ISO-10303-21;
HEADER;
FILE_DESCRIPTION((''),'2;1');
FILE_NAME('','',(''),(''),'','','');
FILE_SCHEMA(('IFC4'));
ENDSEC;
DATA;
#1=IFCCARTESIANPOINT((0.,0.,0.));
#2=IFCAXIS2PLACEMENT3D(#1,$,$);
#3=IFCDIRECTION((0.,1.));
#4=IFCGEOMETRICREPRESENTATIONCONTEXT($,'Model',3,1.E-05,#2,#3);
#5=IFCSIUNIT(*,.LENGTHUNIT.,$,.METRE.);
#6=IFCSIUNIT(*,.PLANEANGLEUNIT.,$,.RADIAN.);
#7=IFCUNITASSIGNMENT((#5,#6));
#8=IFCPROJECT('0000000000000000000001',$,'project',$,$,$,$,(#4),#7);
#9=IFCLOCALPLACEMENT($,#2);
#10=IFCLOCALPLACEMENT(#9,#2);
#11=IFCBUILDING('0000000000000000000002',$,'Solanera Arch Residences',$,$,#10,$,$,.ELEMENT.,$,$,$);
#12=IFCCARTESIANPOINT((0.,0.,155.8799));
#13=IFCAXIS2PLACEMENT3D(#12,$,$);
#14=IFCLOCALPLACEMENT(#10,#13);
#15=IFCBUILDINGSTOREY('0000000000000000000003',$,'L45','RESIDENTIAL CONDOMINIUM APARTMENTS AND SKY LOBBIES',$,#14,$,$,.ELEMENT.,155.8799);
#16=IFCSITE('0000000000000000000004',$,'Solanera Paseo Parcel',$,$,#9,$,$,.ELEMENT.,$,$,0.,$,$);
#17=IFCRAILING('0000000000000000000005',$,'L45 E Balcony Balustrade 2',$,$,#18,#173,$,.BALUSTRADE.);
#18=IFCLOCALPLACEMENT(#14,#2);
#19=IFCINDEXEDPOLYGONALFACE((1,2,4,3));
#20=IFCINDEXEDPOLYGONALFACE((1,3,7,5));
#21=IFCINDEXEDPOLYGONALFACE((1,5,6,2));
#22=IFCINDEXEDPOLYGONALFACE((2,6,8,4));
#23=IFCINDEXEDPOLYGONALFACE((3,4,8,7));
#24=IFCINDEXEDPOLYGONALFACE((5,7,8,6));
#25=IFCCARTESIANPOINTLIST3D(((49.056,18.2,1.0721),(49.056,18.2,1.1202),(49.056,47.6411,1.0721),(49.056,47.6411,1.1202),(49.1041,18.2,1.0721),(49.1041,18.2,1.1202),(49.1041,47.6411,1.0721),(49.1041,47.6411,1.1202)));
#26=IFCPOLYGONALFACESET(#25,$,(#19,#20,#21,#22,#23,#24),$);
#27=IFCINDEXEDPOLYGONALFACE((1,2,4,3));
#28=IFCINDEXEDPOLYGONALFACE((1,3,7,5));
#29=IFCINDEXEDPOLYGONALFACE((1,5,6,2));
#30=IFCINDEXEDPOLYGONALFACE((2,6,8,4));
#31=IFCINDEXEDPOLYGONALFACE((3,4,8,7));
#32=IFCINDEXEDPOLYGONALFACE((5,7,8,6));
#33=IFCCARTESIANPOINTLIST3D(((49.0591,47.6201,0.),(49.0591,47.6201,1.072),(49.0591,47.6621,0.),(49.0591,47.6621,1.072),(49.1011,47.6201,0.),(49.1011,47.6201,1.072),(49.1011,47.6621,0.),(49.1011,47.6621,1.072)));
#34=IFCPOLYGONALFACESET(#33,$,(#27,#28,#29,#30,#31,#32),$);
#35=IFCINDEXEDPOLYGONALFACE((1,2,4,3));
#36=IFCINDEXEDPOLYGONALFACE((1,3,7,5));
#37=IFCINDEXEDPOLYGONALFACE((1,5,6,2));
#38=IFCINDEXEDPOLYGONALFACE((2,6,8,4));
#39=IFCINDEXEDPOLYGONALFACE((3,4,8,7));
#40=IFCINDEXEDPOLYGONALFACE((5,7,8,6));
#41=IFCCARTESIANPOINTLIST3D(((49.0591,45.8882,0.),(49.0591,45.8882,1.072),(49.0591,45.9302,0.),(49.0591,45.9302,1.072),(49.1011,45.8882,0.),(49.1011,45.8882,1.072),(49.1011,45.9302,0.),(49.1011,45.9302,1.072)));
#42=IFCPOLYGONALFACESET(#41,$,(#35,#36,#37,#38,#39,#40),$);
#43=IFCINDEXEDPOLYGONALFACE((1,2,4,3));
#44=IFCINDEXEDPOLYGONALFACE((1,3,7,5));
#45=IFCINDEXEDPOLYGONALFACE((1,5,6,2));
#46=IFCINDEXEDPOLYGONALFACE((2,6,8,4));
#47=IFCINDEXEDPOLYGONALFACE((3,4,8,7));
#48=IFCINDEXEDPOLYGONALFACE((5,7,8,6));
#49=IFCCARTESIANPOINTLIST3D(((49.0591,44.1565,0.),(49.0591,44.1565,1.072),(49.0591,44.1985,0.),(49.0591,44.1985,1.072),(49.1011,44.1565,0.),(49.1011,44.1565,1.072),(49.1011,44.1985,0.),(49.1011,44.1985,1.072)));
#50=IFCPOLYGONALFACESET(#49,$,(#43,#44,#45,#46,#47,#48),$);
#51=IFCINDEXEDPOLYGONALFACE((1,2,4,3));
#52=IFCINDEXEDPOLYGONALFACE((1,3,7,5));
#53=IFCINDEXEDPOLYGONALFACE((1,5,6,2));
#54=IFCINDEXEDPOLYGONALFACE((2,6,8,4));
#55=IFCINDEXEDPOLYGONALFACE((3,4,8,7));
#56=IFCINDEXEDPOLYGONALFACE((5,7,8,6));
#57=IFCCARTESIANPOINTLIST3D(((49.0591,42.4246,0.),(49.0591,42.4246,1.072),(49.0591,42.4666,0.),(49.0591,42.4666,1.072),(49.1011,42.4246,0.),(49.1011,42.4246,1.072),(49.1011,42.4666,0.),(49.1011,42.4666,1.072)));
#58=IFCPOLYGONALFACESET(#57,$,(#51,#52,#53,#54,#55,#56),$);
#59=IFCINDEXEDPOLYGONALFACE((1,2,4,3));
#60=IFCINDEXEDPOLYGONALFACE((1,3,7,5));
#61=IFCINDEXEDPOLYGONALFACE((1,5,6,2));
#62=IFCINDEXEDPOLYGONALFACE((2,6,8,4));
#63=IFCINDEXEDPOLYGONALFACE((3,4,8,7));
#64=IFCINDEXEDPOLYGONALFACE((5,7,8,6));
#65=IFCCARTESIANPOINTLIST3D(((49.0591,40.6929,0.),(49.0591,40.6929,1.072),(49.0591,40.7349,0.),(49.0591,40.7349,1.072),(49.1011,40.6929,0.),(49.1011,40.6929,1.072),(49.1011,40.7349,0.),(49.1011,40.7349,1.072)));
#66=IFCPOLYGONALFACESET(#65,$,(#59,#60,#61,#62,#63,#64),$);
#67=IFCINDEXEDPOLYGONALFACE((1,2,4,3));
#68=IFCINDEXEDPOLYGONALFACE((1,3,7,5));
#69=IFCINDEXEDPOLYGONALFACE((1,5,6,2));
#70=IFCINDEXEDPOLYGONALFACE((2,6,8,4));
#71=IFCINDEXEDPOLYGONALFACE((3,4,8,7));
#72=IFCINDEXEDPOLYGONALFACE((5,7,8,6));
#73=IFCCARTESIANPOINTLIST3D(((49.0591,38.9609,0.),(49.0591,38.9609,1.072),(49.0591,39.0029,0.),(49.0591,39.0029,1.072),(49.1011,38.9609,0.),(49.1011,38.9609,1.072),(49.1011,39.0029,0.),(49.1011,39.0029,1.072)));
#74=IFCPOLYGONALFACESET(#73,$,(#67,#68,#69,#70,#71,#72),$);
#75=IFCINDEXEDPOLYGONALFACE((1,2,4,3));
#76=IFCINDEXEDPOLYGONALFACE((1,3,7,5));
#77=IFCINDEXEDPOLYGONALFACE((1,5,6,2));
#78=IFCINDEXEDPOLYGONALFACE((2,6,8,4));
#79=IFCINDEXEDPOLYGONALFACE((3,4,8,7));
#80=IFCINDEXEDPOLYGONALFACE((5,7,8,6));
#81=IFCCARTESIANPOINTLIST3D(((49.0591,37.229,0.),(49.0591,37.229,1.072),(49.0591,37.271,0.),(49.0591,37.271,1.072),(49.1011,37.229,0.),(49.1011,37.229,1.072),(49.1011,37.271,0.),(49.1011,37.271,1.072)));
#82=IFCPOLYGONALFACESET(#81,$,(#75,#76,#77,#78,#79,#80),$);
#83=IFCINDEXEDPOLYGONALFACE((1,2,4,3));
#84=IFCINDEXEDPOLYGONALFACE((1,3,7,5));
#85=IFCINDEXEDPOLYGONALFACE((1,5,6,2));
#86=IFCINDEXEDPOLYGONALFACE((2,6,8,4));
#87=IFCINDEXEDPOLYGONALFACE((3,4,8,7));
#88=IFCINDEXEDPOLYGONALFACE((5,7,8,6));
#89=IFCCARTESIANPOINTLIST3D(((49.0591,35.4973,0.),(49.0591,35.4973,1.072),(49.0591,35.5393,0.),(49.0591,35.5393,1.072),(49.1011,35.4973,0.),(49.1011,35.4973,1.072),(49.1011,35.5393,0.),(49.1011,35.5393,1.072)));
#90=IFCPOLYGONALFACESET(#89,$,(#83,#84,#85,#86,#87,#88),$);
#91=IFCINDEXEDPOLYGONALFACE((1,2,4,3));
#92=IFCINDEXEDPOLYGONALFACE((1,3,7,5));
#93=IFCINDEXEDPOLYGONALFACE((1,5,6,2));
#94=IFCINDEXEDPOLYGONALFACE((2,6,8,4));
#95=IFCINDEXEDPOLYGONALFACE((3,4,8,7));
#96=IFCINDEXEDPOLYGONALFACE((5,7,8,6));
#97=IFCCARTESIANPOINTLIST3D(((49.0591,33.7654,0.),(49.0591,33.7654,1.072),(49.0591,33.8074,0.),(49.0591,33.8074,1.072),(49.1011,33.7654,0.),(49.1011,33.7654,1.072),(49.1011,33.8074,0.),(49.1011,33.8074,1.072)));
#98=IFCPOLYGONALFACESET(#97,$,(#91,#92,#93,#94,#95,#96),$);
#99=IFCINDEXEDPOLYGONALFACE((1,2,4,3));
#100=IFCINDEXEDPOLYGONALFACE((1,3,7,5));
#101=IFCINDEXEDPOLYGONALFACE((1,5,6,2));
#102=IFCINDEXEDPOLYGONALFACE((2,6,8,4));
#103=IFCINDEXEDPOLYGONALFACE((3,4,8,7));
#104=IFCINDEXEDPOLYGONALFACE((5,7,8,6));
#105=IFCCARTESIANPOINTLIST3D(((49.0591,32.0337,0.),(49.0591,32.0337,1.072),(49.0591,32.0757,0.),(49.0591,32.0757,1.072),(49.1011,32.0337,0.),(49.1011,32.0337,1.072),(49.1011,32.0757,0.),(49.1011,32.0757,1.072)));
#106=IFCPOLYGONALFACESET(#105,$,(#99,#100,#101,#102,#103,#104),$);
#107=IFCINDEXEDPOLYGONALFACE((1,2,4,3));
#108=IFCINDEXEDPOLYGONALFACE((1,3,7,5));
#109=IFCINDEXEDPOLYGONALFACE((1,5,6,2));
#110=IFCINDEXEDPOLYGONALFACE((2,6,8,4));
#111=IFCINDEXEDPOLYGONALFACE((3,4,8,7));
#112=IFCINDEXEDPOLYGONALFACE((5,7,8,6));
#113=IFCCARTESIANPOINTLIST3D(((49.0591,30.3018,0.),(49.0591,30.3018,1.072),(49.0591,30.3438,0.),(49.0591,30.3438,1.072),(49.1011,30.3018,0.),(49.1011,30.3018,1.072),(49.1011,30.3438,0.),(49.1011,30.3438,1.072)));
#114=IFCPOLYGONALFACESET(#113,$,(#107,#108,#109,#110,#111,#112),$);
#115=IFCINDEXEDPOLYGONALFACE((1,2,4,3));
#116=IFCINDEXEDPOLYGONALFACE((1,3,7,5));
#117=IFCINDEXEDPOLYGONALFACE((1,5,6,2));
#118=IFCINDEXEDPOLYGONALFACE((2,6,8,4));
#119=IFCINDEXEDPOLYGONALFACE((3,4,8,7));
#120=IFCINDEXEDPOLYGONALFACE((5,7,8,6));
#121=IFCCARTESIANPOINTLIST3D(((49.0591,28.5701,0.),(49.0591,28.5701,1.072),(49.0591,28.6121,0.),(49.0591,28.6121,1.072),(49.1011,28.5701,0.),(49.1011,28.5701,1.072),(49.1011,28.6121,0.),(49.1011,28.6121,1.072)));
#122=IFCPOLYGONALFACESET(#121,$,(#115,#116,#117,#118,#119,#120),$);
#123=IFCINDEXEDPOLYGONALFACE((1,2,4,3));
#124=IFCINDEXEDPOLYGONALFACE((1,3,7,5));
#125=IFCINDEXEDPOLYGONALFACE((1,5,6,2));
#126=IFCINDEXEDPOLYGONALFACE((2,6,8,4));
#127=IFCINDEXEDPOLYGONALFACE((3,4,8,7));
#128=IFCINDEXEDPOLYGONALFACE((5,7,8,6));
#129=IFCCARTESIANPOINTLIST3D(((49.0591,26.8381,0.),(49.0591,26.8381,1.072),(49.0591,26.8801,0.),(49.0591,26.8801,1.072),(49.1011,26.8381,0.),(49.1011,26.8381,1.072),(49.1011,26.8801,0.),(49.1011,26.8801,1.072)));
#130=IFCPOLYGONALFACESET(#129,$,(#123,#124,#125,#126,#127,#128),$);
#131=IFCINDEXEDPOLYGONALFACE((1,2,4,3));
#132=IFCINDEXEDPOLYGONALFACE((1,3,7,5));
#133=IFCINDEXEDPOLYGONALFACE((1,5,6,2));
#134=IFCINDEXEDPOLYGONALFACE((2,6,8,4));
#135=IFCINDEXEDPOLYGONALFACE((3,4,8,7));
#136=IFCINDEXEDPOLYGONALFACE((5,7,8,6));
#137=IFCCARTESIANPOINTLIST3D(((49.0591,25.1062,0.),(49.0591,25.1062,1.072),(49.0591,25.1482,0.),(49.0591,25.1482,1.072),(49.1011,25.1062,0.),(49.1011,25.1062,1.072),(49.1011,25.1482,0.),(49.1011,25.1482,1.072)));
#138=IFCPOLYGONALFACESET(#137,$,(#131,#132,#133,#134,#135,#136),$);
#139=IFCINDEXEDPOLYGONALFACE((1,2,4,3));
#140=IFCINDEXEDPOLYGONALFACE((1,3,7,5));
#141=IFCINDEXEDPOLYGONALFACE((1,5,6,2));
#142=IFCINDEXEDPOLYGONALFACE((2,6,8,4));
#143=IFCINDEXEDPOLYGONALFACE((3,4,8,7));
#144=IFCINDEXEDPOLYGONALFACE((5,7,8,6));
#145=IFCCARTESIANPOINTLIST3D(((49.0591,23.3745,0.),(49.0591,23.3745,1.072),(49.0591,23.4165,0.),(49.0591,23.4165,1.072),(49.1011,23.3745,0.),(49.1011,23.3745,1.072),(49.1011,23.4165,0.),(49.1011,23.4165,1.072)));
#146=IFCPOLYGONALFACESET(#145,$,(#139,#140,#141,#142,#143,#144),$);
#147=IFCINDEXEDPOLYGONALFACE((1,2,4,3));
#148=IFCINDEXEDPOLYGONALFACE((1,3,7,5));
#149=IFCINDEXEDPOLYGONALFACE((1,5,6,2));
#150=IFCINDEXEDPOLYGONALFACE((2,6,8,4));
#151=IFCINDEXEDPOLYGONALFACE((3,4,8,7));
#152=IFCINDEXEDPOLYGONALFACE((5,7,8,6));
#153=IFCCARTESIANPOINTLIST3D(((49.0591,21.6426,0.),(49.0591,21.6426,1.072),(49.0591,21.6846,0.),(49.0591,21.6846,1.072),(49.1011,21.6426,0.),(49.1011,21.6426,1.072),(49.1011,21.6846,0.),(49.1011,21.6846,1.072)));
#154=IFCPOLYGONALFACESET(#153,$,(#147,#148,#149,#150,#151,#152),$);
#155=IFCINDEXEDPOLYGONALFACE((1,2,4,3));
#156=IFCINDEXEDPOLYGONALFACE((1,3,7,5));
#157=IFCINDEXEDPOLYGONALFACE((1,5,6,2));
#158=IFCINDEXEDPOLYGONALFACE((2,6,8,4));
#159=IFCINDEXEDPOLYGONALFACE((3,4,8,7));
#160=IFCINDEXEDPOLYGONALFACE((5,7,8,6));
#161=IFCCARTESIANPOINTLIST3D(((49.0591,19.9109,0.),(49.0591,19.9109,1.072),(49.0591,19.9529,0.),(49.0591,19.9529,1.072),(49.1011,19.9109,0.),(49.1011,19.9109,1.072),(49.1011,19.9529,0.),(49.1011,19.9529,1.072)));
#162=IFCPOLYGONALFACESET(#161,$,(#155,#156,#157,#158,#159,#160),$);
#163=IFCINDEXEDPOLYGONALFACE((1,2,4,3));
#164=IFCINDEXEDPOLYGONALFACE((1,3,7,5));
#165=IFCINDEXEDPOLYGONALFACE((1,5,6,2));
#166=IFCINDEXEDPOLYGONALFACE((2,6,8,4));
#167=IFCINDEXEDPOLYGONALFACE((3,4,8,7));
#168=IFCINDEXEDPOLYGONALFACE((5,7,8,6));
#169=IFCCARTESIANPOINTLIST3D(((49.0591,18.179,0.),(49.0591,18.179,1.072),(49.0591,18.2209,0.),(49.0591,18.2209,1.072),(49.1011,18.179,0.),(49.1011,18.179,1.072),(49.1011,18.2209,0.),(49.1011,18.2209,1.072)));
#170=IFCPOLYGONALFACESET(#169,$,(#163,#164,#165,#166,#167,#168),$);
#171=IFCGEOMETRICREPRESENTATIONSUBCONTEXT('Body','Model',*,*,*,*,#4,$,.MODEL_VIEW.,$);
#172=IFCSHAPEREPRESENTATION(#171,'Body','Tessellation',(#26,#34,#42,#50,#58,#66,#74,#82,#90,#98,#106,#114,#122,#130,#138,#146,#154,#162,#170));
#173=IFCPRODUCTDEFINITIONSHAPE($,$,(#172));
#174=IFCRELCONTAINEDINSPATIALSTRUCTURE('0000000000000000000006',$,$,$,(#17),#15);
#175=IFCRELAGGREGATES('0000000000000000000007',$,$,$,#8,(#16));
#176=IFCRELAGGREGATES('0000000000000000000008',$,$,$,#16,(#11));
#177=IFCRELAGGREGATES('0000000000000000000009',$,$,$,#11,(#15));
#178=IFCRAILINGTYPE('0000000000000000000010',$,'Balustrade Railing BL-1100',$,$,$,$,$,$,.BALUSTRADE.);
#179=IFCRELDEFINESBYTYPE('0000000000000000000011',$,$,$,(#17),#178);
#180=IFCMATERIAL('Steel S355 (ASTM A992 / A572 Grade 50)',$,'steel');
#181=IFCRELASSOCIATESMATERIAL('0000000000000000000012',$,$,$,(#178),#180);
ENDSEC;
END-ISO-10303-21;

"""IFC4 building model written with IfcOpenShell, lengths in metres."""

from ifc_helpers import new_model, si_unit, direction, frame, origin, origin_2d, place, context, subcontext, project, spatial, rectangle, extrude, material, type_object, element, save


model = new_model("IFC4")

# Units and contexts
model_context = context("Model", 3, precision=1e-05, world=origin(), true_north=direction((0.0, 1.0)))
body_context = subcontext(model_context, "Body", "Model", "MODEL_VIEW")
ifc_project = project(units=[si_unit("LENGTHUNIT", "METRE"), si_unit("PLANEANGLEUNIT", "RADIAN")], contexts=[model_context])

# Site, building, storey
site_placement = place(None, origin())
site = spatial("IfcSite", under=ifc_project, at=site_placement, Name="Solanera Paseo Parcel", CompositionType="ELEMENT", RefElevation=0.0)
building_placement = place(site_placement, origin())
building = spatial("IfcBuilding", under=site, at=building_placement, Name="Solanera Arch Residences", CompositionType="ELEMENT")
storey_placement = place(building_placement, frame((0.0, 0.0, 155.8799)))
storey = spatial("IfcBuildingStorey", under=building, at=storey_placement, Name="L45", Description="RESIDENTIAL CONDOMINIUM APARTMENTS AND SKY LOBBIES", CompositionType="ELEMENT", Elevation=155.8799)

# Railing
ifc_material_1 = material(Name="Steel S355 (ASTM A992 / A572 Grade 50)", Category="steel")
railing_type = type_object("IfcRailingType", Name="Balustrade Railing BL-1100", PredefinedType="BALUSTRADE", material=ifc_material_1)
railing_1_placement = place(storey_placement, frame((49.0801, 47.6411, 0.0)))
element("IfcRailing", 1, at=railing_1_placement, inside=storey, type_object=railing_type, Name="L45 E Balcony Balustrade 2", PredefinedType="BALUSTRADE", context=body_context, shape_type="SweptSolid", body=[
    extrude(rectangle(XDim=0.0481, YDim=0.0481, at=origin_2d()), frame((0.0, 0.0, 1.0962), z_axis=(0.0, -1.0, 0.0), x_axis=(1.0, 0.0, 0.0)), (0.0, 0.0, 1.0), 29.4412),
    extrude(rectangle(XDim=0.042, YDim=0.042, at=origin_2d()), origin(), (0.0, 0.0, 1.0), 1.072),
    extrude(rectangle(XDim=0.042, YDim=0.042, at=origin_2d()), frame((0.0, -1.7319, 0.0)), (0.0, 0.0, 1.0), 1.072),
    extrude(rectangle(XDim=0.042, YDim=0.042, at=origin_2d()), frame((0.0, -3.4636, 0.0)), (0.0, 0.0, 1.0), 1.072),
    extrude(rectangle(XDim=0.042, YDim=0.042, at=origin_2d()), frame((0.0, -5.1956, 0.0)), (0.0, 0.0, 1.0), 1.072),
    extrude(rectangle(XDim=0.042, YDim=0.042, at=origin_2d()), frame((0.0, -6.9272, 0.0)), (0.0, 0.0, 1.0), 1.072),
    extrude(rectangle(XDim=0.042, YDim=0.042, at=origin_2d()), frame((0.0, -8.6592, 0.0)), (0.0, 0.0, 1.0), 1.072),
    extrude(rectangle(XDim=0.042, YDim=0.042, at=origin_2d()), frame((0.0, -10.3911, 0.0)), (0.0, 0.0, 1.0), 1.072),
    extrude(rectangle(XDim=0.042, YDim=0.042, at=origin_2d()), frame((0.0, -12.1228, 0.0)), (0.0, 0.0, 1.0), 1.072),
    extrude(rectangle(XDim=0.042, YDim=0.042, at=origin_2d()), frame((0.0, -13.8547, 0.0)), (0.0, 0.0, 1.0), 1.072),
    extrude(rectangle(XDim=0.042, YDim=0.042, at=origin_2d()), frame((0.0, -15.5864, 0.0)), (0.0, 0.0, 1.0), 1.072),
    extrude(rectangle(XDim=0.042, YDim=0.042, at=origin_2d()), frame((0.0, -17.3184, 0.0)), (0.0, 0.0, 1.0), 1.072),
    extrude(rectangle(XDim=0.042, YDim=0.042, at=origin_2d()), frame((0.0, -19.05, 0.0)), (0.0, 0.0, 1.0), 1.072),
    extrude(rectangle(XDim=0.042, YDim=0.042, at=origin_2d()), frame((0.0, -20.782, 0.0)), (0.0, 0.0, 1.0), 1.072),
    extrude(rectangle(XDim=0.042, YDim=0.042, at=origin_2d()), frame((0.0, -22.5139, 0.0)), (0.0, 0.0, 1.0), 1.072),
    extrude(rectangle(XDim=0.042, YDim=0.042, at=origin_2d()), frame((0.0, -24.2456, 0.0)), (0.0, 0.0, 1.0), 1.072),
    extrude(rectangle(XDim=0.042, YDim=0.042, at=origin_2d()), frame((0.0, -25.9775, 0.0)), (0.0, 0.0, 1.0), 1.072),
    extrude(rectangle(XDim=0.042, YDim=0.042, at=origin_2d()), frame((0.0, -27.7092, 0.0)), (0.0, 0.0, 1.0), 1.072),
    extrude(rectangle(XDim=0.042, YDim=0.042, at=origin_2d()), frame((0.0, -29.4412, 0.0)), (0.0, 0.0, 1.0), 1.072),
])

save(model, "model.ifc")
